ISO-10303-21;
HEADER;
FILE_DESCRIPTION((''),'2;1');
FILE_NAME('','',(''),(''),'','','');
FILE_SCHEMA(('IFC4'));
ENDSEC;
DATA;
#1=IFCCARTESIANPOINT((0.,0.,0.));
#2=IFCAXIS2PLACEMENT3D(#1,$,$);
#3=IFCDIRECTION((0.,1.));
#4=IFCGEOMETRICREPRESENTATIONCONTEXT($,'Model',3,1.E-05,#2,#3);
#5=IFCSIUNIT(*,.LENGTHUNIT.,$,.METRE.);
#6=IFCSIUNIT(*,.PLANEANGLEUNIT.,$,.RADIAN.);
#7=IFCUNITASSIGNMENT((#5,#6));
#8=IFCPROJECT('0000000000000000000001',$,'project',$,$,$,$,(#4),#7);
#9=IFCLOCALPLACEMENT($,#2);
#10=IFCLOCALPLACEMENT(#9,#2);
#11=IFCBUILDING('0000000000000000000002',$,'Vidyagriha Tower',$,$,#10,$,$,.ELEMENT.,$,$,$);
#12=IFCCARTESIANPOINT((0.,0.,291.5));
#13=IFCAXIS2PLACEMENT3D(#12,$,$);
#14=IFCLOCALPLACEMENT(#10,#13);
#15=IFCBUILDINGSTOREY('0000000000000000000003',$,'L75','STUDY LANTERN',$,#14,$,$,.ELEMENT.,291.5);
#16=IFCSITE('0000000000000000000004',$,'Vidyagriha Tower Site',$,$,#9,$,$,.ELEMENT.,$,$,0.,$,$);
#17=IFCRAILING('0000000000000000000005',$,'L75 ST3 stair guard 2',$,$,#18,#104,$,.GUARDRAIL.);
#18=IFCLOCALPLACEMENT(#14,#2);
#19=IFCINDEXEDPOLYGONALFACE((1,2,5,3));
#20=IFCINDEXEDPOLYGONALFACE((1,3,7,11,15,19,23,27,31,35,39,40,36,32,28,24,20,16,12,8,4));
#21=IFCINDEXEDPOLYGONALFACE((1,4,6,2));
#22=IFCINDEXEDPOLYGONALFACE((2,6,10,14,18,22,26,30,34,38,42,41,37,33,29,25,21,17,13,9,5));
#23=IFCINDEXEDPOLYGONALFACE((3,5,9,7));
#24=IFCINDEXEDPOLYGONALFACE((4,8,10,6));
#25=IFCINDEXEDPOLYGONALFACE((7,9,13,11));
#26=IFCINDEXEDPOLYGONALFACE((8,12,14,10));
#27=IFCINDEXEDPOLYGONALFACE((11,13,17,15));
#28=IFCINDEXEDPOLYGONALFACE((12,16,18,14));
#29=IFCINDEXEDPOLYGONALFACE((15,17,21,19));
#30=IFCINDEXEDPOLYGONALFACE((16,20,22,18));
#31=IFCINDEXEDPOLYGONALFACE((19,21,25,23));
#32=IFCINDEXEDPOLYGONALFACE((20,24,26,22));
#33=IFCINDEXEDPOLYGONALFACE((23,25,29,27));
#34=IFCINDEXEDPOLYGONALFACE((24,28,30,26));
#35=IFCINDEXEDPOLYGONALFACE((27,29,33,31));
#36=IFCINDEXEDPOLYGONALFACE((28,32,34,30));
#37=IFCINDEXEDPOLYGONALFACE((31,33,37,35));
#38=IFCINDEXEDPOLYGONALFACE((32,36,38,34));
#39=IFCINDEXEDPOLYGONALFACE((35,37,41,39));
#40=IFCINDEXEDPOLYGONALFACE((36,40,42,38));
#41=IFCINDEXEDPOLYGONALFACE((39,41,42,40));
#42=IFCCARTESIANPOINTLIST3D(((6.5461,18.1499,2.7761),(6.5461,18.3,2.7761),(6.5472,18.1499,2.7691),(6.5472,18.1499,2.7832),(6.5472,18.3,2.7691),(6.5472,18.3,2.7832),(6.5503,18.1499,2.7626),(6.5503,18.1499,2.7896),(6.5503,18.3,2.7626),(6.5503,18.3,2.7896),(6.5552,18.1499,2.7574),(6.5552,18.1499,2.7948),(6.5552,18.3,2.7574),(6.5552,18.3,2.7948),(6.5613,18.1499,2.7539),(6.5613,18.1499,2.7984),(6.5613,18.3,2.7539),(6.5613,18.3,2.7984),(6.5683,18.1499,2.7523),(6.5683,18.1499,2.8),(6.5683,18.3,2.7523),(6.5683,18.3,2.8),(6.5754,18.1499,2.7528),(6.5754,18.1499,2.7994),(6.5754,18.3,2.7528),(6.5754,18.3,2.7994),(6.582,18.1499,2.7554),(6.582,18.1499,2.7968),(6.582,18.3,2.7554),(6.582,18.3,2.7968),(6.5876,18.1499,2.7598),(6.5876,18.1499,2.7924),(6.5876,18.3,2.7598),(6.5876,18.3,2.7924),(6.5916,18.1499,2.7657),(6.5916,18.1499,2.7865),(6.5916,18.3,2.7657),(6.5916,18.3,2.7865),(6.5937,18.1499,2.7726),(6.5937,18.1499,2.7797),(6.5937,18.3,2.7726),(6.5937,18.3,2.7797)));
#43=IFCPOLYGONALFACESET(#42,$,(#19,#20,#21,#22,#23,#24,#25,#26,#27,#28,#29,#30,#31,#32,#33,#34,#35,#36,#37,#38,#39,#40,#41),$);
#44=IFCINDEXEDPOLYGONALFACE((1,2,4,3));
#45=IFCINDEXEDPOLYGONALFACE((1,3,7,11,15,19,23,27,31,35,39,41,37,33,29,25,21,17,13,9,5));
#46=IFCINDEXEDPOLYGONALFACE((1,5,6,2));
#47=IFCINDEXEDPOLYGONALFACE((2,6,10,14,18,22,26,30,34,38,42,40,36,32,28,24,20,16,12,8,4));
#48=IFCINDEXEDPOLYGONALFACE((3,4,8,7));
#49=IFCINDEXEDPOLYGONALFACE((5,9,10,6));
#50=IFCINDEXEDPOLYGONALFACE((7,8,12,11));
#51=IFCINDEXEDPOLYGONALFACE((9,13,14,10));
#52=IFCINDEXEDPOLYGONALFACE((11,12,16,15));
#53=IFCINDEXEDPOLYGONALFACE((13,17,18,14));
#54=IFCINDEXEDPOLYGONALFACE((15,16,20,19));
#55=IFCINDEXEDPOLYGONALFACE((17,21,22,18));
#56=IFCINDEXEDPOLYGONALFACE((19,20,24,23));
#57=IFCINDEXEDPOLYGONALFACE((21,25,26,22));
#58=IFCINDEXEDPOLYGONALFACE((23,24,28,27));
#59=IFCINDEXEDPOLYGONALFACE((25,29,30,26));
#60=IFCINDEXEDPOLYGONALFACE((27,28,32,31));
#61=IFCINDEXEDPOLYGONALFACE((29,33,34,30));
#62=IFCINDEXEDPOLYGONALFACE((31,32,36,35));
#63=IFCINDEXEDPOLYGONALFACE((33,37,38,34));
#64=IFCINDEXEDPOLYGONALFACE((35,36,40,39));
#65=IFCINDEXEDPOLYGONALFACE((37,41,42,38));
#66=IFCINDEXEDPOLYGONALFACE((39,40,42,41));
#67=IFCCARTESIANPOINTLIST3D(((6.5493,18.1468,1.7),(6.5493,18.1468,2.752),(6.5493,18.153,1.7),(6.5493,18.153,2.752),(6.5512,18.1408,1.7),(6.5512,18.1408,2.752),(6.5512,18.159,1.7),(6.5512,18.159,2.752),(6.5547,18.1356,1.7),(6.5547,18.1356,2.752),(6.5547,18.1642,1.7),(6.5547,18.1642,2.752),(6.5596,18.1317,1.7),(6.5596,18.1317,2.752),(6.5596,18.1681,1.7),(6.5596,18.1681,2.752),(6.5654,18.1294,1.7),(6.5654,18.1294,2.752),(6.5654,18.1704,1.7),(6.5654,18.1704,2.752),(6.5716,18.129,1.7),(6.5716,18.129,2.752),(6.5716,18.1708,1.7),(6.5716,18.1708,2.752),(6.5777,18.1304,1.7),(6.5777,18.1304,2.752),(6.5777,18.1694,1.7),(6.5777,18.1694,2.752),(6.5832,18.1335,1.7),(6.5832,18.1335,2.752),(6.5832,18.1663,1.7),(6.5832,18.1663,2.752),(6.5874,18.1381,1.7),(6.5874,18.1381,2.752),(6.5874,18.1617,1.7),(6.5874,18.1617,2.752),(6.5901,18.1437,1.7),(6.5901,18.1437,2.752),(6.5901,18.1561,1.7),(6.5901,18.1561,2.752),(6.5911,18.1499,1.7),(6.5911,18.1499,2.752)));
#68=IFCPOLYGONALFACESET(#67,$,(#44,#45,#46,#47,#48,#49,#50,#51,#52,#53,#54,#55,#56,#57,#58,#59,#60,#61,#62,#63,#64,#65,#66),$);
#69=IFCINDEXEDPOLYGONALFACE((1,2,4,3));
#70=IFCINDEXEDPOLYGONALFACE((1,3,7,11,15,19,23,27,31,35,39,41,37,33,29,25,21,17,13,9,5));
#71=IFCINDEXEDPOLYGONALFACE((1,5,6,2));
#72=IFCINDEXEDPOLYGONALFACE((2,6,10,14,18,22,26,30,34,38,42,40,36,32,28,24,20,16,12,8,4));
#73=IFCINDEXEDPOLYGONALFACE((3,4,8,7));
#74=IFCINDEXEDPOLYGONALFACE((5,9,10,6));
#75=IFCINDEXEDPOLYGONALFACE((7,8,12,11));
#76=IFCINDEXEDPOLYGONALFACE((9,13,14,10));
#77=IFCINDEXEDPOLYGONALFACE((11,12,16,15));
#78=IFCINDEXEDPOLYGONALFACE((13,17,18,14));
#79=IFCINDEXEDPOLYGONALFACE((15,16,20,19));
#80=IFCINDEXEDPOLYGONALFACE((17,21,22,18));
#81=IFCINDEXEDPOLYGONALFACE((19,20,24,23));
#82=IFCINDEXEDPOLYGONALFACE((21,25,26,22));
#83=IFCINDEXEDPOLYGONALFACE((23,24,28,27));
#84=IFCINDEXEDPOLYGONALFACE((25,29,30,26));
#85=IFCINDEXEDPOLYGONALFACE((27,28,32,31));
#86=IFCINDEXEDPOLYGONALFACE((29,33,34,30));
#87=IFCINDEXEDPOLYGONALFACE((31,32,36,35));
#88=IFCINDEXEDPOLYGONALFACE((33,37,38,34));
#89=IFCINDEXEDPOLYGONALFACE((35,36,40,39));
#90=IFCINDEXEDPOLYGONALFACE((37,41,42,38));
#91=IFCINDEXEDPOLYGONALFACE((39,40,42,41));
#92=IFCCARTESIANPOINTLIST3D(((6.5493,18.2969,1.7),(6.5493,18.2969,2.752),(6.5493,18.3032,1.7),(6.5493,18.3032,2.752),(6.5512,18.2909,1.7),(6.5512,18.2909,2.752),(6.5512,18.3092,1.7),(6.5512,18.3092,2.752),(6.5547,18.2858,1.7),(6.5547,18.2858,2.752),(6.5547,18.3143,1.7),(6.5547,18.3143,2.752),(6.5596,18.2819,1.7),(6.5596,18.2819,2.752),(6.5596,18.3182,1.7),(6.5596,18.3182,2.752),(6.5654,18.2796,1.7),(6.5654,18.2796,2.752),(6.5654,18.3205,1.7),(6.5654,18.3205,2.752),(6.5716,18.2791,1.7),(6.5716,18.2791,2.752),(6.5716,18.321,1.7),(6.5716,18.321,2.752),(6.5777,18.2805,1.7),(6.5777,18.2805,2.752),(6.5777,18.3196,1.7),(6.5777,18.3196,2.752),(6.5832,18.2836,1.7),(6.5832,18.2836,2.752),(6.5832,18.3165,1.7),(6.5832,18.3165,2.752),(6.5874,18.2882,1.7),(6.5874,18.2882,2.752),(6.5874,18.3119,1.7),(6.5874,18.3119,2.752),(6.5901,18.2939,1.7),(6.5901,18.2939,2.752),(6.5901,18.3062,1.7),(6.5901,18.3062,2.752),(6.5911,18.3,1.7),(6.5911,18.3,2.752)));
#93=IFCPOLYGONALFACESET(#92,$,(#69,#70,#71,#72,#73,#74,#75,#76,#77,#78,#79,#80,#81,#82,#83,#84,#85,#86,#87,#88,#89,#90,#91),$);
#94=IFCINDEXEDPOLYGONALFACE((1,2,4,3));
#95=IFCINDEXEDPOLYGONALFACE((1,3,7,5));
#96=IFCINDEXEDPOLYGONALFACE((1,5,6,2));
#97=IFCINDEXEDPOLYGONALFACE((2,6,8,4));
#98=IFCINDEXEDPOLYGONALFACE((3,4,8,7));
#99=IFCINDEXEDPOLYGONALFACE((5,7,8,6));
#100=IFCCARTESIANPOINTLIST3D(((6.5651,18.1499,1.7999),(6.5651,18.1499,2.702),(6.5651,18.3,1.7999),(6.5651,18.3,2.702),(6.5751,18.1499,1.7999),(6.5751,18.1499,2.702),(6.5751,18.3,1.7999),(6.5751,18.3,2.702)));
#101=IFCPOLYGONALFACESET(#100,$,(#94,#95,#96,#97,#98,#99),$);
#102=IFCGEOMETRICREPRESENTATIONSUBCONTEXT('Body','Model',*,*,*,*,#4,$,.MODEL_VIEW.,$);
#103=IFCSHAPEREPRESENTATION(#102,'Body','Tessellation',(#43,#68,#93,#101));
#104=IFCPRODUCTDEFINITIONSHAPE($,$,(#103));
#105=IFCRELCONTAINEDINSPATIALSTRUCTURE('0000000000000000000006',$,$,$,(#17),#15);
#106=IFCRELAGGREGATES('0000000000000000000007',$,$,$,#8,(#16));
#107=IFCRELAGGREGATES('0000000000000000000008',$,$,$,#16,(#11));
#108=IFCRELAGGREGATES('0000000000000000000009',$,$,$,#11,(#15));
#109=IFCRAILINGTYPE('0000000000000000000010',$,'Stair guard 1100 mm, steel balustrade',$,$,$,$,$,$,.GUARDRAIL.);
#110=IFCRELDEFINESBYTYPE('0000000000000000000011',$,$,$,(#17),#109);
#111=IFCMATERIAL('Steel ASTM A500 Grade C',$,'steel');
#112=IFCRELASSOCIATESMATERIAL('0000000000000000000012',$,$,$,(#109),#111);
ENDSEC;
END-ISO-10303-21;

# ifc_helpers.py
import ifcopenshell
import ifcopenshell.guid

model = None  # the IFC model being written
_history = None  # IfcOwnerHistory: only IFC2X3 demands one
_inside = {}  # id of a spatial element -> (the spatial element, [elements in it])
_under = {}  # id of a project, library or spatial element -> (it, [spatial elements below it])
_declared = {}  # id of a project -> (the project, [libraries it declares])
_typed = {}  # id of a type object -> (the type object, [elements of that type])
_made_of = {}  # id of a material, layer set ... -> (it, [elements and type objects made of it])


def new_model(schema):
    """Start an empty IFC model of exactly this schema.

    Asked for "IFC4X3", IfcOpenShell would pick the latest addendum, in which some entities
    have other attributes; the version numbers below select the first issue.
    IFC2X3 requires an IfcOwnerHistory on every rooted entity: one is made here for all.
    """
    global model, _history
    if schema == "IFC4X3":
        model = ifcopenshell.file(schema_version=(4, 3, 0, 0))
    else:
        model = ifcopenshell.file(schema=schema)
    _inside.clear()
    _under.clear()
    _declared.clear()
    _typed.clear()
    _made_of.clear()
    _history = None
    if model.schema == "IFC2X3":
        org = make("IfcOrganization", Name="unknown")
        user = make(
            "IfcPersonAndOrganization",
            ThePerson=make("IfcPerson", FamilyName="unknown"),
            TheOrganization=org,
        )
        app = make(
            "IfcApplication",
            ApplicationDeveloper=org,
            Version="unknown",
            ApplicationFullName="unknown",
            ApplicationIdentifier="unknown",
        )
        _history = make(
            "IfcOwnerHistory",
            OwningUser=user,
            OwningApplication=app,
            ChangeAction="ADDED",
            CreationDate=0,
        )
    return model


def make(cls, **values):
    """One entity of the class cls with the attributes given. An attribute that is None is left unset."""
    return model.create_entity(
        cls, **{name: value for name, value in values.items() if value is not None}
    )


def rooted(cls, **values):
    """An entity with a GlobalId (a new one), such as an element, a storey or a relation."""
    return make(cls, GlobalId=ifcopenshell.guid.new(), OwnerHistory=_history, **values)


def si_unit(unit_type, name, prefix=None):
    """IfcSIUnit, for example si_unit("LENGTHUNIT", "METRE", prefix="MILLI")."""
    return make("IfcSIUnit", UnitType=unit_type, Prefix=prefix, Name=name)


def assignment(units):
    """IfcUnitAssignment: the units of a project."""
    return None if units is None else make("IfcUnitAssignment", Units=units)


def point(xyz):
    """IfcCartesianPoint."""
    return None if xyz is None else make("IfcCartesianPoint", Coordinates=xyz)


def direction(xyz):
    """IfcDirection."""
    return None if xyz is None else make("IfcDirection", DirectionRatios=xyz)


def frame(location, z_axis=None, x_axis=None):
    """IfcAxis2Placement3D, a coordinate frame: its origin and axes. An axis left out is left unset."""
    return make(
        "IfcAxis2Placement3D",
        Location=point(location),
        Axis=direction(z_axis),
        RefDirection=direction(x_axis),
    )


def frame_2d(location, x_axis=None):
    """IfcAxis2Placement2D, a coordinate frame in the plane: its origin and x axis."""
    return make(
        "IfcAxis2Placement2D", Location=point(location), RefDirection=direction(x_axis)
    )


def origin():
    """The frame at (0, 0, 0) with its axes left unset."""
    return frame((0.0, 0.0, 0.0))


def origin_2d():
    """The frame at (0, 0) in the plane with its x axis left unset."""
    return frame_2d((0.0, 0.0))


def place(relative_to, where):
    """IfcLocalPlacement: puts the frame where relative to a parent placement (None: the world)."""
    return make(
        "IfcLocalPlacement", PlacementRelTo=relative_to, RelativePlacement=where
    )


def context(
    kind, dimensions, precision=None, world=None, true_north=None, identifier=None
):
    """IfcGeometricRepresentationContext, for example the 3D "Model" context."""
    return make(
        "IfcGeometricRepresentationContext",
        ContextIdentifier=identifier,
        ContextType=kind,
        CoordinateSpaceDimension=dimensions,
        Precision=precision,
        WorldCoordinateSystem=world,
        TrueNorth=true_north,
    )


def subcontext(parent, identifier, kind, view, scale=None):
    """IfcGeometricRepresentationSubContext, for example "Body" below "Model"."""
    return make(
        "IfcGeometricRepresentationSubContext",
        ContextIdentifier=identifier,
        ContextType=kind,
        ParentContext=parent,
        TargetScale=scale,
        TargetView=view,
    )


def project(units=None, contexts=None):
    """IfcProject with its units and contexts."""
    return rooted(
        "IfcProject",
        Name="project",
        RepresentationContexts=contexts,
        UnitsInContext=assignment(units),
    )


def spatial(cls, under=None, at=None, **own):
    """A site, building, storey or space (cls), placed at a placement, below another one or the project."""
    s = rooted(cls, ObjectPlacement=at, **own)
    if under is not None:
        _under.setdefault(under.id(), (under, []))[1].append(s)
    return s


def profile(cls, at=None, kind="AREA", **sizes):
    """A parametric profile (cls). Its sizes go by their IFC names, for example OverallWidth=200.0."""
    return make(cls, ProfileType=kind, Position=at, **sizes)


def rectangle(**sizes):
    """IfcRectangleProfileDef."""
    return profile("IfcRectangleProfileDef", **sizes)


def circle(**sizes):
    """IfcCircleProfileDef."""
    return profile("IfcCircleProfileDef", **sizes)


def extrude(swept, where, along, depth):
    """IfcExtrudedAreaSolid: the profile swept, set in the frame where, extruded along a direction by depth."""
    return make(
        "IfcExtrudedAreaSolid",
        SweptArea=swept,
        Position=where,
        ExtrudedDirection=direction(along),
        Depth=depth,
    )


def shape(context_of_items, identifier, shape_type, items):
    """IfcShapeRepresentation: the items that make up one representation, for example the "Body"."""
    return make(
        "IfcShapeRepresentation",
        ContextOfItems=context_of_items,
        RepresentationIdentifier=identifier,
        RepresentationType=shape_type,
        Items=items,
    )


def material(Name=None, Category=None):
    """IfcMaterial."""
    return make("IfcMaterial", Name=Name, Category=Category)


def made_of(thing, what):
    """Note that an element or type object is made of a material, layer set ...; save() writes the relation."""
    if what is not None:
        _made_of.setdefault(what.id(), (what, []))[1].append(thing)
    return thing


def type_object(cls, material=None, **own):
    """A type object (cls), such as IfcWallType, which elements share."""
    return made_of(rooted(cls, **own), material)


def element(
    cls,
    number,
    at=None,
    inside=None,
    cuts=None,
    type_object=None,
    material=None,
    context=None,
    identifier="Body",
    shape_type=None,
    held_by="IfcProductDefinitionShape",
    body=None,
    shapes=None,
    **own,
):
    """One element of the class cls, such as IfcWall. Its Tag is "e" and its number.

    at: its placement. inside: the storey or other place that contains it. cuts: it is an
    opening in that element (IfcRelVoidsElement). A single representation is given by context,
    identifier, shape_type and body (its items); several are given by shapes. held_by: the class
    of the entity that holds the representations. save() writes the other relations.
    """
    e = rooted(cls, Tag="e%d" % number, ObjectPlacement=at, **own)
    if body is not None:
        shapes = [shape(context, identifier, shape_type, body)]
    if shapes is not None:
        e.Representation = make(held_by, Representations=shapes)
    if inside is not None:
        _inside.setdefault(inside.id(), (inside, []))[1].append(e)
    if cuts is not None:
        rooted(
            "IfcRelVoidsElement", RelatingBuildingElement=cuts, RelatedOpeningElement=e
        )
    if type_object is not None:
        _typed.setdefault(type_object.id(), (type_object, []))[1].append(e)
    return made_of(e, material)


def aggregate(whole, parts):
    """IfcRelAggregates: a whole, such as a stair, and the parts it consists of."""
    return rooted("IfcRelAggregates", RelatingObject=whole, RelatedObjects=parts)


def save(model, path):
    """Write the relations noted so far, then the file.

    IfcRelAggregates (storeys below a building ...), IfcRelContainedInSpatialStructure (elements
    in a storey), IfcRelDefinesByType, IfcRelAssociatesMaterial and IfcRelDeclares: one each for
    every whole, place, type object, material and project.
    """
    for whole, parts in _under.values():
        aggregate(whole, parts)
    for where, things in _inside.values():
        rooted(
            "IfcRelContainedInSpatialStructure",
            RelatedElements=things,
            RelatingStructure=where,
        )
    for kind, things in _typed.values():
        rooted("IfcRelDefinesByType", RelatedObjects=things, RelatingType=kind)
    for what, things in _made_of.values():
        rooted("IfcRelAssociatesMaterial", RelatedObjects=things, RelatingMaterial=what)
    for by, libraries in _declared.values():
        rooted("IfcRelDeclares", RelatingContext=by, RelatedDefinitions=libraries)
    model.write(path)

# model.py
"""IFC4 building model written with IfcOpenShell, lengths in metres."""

from ifc_helpers import new_model, si_unit, direction, frame, origin, origin_2d, place, context, subcontext, project, spatial, rectangle, circle, extrude, material, type_object, element, save


model = new_model("IFC4")

# Units and contexts
model_context = context("Model", 3, precision=1e-05, world=origin(), true_north=direction((0.0, 1.0)))
body_context = subcontext(model_context, "Body", "Model", "MODEL_VIEW")
ifc_project = project(units=[si_unit("LENGTHUNIT", "METRE"), si_unit("PLANEANGLEUNIT", "RADIAN")], contexts=[model_context])

# Site, building, storey
site_placement = place(None, origin())
site = spatial("IfcSite", under=ifc_project, at=site_placement, Name="Vidyagriha Tower Site", CompositionType="ELEMENT", RefElevation=0.0)
building_placement = place(site_placement, origin())
building = spatial("IfcBuilding", under=site, at=building_placement, Name="Vidyagriha Tower", CompositionType="ELEMENT")
storey_placement = place(building_placement, frame((0.0, 0.0, 291.5)))
storey = spatial("IfcBuildingStorey", under=building, at=storey_placement, Name="L75", Description="STUDY LANTERN", CompositionType="ELEMENT", Elevation=291.5)

# Railing
ifc_material_1 = material(Name="Steel ASTM A500 Grade C", Category="steel")
railing_type_1 = type_object("IfcRailingType", Name="Stair guard 1100 mm, steel balustrade", PredefinedType="GUARDRAIL", material=ifc_material_1)
railing_1_placement = place(storey_placement, frame((6.5701, 18.1499, 1.7)))
element("IfcRailing", 1, at=railing_1_placement, inside=storey, type_object=railing_type_1, Name="L75 ST3 stair guard 2", PredefinedType="GUARDRAIL", context=body_context, shape_type="SweptSolid", body=[
    extrude(circle(Radius=0.0239, at=origin_2d()), frame((0.0, 0.0, 1.0762), z_axis=(0.0, 1.0, 0.0), x_axis=(-1.0, 0.0, 0.0)), (0.0, 0.0, 1.0), 0.1501),
    extrude(circle(Radius=0.021, at=origin_2d()), origin(), (0.0, 0.0, 1.0), 1.052),
    extrude(circle(Radius=0.021, at=origin_2d()), frame((0.0, 0.1501, 0.0)), (0.0, 0.0, 1.0), 1.052),
    extrude(rectangle(XDim=0.01, YDim=0.9021, at=origin_2d()), frame((0.0, 0.0, 0.551), z_axis=(0.0, 1.0, 0.0), x_axis=(-1.0, 0.0, 0.0)), (0.0, 0.0, 1.0), 0.1501),
])

save(model, "model.ifc")
